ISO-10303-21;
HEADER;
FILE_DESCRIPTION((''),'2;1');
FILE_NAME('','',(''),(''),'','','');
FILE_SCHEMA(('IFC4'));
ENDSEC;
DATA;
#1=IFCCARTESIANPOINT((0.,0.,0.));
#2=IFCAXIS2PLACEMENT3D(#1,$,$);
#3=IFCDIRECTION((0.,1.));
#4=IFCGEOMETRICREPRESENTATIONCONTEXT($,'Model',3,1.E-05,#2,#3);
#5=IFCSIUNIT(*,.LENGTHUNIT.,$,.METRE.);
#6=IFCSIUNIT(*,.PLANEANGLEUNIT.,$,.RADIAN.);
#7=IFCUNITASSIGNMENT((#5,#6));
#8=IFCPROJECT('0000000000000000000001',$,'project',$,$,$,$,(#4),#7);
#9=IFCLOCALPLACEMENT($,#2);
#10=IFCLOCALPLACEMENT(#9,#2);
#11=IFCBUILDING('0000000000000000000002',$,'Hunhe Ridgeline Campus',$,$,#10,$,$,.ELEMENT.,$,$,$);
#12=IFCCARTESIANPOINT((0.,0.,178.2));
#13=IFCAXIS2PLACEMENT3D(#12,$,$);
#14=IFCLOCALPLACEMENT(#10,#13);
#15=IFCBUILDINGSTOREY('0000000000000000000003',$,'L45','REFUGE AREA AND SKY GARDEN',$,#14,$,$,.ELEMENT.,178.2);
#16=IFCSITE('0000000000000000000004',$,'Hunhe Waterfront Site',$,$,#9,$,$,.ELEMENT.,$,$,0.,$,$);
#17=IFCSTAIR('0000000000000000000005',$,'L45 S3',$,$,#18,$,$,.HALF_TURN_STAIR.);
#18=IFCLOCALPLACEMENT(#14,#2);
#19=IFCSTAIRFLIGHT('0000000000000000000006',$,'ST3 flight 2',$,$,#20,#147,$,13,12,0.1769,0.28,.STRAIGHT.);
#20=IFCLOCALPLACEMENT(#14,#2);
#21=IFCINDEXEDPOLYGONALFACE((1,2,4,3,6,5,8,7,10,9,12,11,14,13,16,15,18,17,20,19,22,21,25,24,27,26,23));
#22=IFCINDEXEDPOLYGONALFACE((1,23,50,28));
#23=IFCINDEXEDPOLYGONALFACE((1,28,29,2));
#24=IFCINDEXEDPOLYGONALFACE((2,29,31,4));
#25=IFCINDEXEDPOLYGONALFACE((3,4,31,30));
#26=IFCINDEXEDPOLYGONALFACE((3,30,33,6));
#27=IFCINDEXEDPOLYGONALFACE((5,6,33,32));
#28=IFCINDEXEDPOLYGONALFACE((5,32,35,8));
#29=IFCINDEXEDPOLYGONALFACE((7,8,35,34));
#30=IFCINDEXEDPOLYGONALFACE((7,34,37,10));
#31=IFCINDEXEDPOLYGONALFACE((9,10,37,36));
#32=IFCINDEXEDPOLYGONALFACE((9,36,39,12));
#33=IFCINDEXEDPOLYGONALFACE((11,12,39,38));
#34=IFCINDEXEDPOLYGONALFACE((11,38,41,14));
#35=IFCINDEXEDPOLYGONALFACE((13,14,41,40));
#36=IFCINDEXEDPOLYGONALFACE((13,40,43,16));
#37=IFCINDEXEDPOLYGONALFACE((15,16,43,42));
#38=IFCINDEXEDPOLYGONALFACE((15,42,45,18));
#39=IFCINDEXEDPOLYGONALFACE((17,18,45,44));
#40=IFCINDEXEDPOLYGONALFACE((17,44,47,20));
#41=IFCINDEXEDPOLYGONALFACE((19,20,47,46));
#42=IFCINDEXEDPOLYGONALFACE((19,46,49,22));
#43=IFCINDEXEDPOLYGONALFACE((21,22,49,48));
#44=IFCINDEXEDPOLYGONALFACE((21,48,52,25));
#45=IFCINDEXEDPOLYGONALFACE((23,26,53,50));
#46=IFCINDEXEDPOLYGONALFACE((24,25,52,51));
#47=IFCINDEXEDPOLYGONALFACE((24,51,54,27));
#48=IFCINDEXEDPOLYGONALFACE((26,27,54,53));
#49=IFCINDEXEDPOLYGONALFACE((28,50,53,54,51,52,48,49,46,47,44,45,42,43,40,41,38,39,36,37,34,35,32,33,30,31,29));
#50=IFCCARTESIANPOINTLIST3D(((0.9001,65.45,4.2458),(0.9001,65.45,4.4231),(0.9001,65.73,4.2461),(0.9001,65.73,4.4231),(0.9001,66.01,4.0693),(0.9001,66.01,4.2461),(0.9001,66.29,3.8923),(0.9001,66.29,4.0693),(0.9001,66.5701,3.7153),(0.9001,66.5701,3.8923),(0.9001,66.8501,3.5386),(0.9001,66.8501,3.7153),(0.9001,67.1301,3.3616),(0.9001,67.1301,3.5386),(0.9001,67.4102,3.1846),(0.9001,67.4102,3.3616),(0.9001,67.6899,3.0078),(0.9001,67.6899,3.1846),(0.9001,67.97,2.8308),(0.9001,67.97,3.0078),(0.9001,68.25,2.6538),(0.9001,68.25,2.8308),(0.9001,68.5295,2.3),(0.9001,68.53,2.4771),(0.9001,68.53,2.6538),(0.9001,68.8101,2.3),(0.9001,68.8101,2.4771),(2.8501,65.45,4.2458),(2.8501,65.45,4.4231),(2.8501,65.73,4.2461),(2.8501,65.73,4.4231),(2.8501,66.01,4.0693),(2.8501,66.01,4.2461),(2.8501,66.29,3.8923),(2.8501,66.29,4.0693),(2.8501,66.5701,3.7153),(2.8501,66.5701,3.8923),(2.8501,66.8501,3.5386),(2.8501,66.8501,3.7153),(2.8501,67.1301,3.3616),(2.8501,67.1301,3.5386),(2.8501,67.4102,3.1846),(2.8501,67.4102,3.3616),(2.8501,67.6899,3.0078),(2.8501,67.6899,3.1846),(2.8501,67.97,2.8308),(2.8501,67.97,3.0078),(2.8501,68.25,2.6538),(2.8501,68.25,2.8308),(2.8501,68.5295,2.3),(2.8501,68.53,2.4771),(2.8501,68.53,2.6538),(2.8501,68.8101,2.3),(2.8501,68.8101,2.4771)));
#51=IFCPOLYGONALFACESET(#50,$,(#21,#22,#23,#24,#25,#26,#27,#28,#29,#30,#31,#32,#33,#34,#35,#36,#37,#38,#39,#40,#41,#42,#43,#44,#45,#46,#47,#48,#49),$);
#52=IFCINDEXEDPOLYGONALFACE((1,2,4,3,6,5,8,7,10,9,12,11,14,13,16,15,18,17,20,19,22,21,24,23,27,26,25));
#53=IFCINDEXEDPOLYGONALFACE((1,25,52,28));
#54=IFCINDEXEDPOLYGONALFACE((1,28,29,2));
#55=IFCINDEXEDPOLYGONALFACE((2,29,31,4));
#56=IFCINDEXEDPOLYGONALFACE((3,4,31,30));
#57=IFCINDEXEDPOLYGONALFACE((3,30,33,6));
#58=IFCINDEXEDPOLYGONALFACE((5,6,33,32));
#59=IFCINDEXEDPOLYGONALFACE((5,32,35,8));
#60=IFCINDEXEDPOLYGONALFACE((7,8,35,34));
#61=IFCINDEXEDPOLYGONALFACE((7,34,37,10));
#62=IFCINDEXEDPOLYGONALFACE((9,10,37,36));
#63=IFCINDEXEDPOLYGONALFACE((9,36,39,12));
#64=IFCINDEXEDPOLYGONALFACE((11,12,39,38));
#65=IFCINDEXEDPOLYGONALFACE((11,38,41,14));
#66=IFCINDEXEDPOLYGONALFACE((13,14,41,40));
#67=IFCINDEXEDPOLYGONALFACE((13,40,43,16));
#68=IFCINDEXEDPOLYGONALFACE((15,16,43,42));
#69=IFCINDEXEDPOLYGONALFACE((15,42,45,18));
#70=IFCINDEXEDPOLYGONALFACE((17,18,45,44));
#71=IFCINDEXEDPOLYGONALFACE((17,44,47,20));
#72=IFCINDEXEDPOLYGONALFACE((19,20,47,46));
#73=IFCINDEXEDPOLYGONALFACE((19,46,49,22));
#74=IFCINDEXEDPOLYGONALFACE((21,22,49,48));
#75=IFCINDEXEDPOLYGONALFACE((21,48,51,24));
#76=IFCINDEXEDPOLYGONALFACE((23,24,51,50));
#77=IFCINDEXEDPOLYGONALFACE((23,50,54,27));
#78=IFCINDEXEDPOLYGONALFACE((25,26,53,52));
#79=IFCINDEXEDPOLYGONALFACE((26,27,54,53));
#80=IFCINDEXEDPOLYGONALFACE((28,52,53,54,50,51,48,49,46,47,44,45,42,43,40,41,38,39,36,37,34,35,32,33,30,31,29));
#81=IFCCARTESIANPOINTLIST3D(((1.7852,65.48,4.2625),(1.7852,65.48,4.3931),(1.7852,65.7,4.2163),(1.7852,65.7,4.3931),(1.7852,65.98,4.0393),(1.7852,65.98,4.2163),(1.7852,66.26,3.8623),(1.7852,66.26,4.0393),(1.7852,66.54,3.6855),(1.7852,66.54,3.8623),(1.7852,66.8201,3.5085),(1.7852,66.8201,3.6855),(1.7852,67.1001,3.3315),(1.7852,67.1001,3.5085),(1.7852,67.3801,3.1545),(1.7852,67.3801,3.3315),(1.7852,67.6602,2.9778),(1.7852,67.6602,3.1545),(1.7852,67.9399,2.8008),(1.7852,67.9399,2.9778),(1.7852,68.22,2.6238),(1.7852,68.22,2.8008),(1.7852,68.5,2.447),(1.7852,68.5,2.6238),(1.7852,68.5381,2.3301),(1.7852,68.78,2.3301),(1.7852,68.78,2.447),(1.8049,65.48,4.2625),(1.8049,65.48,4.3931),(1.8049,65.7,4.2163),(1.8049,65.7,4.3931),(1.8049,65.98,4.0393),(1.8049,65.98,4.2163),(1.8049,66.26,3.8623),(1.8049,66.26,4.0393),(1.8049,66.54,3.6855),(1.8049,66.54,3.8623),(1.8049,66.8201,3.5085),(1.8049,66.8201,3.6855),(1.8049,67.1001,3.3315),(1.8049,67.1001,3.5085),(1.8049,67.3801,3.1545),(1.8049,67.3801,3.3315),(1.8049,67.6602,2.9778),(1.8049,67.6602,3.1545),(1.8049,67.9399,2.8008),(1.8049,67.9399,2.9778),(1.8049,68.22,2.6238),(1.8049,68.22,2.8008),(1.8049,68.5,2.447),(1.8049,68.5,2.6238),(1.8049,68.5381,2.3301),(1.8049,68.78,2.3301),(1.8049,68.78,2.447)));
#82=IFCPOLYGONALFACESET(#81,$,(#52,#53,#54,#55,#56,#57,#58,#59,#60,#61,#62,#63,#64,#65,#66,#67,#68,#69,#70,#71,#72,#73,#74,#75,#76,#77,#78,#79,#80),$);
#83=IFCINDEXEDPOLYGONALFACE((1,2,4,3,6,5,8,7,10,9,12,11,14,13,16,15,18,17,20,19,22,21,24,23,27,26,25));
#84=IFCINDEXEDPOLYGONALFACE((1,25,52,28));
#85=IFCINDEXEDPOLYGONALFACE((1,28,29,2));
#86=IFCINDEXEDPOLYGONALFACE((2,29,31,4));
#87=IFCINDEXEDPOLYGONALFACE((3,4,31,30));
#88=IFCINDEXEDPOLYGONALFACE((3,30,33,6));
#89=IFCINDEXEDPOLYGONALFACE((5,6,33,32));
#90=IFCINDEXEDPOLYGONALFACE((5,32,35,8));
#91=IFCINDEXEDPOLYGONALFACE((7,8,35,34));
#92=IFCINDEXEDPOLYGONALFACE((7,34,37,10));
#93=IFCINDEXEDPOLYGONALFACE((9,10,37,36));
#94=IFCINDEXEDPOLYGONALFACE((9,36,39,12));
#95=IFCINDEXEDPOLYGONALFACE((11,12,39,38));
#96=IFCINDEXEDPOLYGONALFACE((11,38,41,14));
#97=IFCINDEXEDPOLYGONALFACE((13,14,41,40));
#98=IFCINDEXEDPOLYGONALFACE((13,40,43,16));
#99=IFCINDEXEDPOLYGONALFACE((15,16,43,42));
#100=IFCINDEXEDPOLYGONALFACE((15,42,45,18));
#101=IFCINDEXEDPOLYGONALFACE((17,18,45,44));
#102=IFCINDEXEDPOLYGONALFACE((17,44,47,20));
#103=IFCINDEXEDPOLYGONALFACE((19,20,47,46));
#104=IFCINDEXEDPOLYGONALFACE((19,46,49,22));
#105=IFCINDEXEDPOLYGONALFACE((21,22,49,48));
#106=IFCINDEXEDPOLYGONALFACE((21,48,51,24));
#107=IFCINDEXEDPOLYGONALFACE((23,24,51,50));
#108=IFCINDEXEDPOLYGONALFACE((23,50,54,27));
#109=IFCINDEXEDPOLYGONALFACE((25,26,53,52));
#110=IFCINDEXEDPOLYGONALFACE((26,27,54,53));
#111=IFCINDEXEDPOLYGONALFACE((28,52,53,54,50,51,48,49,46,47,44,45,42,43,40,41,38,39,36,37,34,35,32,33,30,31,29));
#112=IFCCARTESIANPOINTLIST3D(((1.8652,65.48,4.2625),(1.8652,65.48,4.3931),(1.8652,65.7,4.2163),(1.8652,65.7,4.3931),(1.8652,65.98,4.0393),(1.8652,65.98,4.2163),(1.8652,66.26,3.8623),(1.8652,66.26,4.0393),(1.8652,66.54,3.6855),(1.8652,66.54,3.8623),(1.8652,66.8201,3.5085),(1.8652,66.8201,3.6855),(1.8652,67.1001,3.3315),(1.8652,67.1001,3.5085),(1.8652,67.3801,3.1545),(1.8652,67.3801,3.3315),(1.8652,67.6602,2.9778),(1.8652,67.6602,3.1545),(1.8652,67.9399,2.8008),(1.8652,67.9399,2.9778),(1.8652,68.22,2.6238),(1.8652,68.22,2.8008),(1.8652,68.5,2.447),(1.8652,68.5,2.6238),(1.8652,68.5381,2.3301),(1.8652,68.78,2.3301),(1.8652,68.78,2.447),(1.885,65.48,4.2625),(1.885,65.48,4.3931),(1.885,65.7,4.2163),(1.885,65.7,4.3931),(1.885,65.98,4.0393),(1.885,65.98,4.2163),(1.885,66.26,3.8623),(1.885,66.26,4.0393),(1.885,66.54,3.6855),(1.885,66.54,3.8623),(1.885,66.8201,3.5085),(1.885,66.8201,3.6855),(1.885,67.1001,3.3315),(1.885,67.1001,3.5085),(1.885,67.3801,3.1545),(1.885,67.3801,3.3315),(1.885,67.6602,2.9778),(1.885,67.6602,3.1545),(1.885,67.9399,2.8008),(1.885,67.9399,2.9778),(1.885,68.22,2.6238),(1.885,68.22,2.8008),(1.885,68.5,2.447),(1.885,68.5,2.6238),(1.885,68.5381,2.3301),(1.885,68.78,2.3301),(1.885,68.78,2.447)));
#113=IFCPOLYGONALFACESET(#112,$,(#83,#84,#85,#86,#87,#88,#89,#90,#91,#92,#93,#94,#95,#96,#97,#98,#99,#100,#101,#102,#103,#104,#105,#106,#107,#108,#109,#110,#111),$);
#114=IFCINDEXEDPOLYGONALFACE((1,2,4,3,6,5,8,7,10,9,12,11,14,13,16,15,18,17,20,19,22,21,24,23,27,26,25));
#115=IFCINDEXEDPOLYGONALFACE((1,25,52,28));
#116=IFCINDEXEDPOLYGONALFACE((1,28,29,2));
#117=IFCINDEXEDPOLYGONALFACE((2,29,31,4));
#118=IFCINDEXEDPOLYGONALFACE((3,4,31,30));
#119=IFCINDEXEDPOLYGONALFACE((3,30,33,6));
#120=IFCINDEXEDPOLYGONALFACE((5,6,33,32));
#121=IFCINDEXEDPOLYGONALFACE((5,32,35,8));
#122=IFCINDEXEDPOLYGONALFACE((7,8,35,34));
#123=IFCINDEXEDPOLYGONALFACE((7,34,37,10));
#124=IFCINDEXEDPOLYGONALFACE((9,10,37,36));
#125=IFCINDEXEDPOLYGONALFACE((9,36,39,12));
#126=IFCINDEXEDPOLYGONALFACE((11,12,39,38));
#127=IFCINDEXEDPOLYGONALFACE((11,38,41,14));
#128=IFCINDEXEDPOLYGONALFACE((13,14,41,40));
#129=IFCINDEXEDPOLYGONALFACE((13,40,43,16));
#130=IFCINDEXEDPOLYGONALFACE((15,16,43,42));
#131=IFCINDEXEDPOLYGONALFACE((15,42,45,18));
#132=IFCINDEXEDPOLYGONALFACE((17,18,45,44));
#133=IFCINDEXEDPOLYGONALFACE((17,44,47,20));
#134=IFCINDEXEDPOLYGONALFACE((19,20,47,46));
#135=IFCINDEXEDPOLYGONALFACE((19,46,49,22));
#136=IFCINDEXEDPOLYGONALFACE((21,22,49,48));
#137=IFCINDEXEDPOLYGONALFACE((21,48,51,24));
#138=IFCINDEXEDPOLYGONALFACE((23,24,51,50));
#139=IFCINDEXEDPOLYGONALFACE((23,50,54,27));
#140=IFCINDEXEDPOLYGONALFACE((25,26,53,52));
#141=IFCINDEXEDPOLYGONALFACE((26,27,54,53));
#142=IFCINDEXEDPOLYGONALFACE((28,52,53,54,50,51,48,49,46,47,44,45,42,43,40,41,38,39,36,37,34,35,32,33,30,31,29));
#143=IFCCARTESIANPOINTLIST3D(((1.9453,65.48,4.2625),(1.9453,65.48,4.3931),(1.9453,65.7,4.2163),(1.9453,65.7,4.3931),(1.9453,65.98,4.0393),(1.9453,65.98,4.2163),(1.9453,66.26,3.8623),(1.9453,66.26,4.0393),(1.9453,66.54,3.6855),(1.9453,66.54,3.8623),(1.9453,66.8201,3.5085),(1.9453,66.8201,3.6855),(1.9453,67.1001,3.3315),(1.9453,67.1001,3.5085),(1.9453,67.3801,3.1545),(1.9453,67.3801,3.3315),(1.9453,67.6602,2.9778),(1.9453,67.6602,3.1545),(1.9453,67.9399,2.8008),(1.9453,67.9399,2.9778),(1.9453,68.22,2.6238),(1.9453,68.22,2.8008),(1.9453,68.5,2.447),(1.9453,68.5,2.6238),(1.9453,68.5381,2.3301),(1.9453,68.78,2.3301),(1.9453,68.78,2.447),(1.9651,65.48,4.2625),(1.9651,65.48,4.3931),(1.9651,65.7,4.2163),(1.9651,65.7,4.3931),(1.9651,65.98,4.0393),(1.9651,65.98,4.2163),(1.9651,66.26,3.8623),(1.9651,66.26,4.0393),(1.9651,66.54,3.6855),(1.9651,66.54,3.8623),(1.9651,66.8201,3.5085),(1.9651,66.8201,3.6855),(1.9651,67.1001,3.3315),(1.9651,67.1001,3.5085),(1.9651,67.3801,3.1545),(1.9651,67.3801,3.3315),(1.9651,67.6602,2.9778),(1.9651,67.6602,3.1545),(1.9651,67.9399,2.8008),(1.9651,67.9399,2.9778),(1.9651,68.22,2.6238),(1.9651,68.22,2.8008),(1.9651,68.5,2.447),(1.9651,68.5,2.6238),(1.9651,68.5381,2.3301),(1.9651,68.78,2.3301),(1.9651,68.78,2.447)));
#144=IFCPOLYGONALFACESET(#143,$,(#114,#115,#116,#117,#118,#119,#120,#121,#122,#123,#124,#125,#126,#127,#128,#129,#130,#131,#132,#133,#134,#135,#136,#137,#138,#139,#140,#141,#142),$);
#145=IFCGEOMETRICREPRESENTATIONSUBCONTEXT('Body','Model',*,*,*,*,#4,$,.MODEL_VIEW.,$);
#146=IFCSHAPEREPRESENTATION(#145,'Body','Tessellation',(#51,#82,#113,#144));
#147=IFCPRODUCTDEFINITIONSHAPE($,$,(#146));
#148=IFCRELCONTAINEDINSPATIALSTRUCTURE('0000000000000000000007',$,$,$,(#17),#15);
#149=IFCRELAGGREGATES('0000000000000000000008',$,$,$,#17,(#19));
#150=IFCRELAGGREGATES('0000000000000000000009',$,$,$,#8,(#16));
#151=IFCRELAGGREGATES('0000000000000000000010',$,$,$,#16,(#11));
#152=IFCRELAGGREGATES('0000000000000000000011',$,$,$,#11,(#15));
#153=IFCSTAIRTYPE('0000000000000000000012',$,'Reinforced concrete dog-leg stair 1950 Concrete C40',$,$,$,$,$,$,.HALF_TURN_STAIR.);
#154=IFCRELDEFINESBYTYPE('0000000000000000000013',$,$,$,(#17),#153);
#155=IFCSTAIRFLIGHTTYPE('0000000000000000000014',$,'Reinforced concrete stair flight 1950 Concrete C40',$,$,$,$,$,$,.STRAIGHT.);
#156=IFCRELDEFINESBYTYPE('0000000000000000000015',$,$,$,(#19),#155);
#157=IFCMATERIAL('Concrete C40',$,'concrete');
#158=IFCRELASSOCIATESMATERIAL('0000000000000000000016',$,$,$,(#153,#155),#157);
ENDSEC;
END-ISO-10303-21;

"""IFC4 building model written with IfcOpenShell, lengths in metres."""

from ifc_helpers import new_model, si_unit, direction, frame, origin, place, context, subcontext, project, spatial, polyline, outline, extrude, material, type_object, element, aggregate, save


model = new_model("IFC4")

# Units and contexts
model_context = context("Model", 3, precision=1e-05, world=origin(), true_north=direction((0.0, 1.0)))
body_context = subcontext(model_context, "Body", "Model", "MODEL_VIEW")
ifc_project = project(units=[si_unit("LENGTHUNIT", "METRE"), si_unit("PLANEANGLEUNIT", "RADIAN")], contexts=[model_context])

# Site, building, storey
site_placement = place(None, origin())
site = spatial("IfcSite", under=ifc_project, at=site_placement, Name="Hunhe Waterfront Site", CompositionType="ELEMENT", RefElevation=0.0)
building_placement = place(site_placement, origin())
building = spatial("IfcBuilding", under=site, at=building_placement, Name="Hunhe Ridgeline Campus", CompositionType="ELEMENT")
storey_placement = place(building_placement, frame((0.0, 0.0, 178.2)))
storey = spatial("IfcBuildingStorey", under=building, at=storey_placement, Name="L45", Description="REFUGE AREA AND SKY GARDEN", CompositionType="ELEMENT", Elevation=178.2)

# Stair, stair flight
ifc_material_1 = material(Name="Concrete C40", Category="concrete")
stair_type = type_object("IfcStairType", Name="Reinforced concrete dog-leg stair 1950 Concrete C40", PredefinedType="HALF_TURN_STAIR", material=ifc_material_1)
stair_1_placement = place(storey_placement, origin())
stair_1 = element("IfcStair", 1, at=stair_1_placement, inside=storey, type_object=stair_type, Name="L45 S3", PredefinedType="HALF_TURN_STAIR")
stair_flight_type = type_object("IfcStairFlightType", Name="Reinforced concrete stair flight 1950 Concrete C40", PredefinedType="STRAIGHT", material=ifc_material_1)
stair_flight_1_placement = place(storey_placement, frame((1.875, 68.8101, 2.3), z_axis=(0.0, 0.0, 1.0), x_axis=(0.0, -1.0, 0.0)))
stair_flight_1 = element("IfcStairFlight", 2, at=stair_flight_1_placement, type_object=stair_flight_type, Name="ST3 flight 2", NumberOfRisers=13, NumberOfTreads=12, PredefinedType="STRAIGHT", RiserHeight=0.1769, TreadLength=0.28, context=body_context, shape_type="SweptSolid", body=[
    extrude(outline(polyline([(0.0, 0.0), (0.0, 0.177), (0.28, 0.177), (0.28, 0.3538), (0.5601, 0.3538), (0.5601, 0.5308), (0.8401, 0.5308), (0.8401, 0.7078), (1.1201, 0.7078), (1.1201, 0.8845), (1.3999, 0.8845), (1.3999, 1.0615), (1.6799, 1.0615), (1.6799, 1.2385), (1.96, 1.2385), (1.96, 1.4153), (2.24, 1.4153), (2.24, 1.5923), (2.52, 1.5923), (2.52, 1.7693), (2.8, 1.7693), (2.8, 1.946), (3.0801, 1.946), (3.0801, 2.123), (3.3601, 2.123), (3.3601, 2.3), (3.3601, 1.9458), (0.2805, 0.0), (0.0, 0.0)])), frame((0.0, 0.9751, 0.0), z_axis=(0.0, -1.0, 0.0), x_axis=(1.0, 0.0, 0.0)), (0.0, 0.0, 1.0), 1.95),
    extrude(outline(polyline([(0.03, 0.03), (0.03, 0.147), (0.3101, 0.147), (0.3101, 0.3237), (0.5901, 0.3237), (0.5901, 0.5007), (0.8701, 0.5007), (0.8701, 0.6777), (1.1499, 0.6777), (1.1499, 0.8545), (1.4299, 0.8545), (1.4299, 1.0315), (1.71, 1.0315), (1.71, 1.2085), (1.99, 1.2085), (1.99, 1.3855), (2.27, 1.3855), (2.27, 1.5623), (2.55, 1.5623), (2.55, 1.7393), (2.8301, 1.7393), (2.8301, 1.9163), (3.1101, 1.9163), (3.1101, 2.093), (3.3301, 2.093), (3.3301, 1.9624), (0.272, 0.03), (0.03, 0.03)])), frame((0.0, -0.0701, 0.0), z_axis=(0.0, -1.0, 0.0), x_axis=(1.0, 0.0, 0.0)), (0.0, 0.0, 1.0), 0.0198),
    extrude(outline(polyline([(0.03, 0.03), (0.03, 0.147), (0.3101, 0.147), (0.3101, 0.3237), (0.5901, 0.3237), (0.5901, 0.5007), (0.8701, 0.5007), (0.8701, 0.6777), (1.1499, 0.6777), (1.1499, 0.8545), (1.4299, 0.8545), (1.4299, 1.0315), (1.71, 1.0315), (1.71, 1.2085), (1.99, 1.2085), (1.99, 1.3855), (2.27, 1.3855), (2.27, 1.5623), (2.55, 1.5623), (2.55, 1.7393), (2.8301, 1.7393), (2.8301, 1.9163), (3.1101, 1.9163), (3.1101, 2.093), (3.3301, 2.093), (3.3301, 1.9624), (0.272, 0.03), (0.03, 0.03)])), frame((0.0, 0.01, 0.0), z_axis=(0.0, -1.0, 0.0), x_axis=(1.0, 0.0, 0.0)), (0.0, 0.0, 1.0), 0.0198),
    extrude(outline(polyline([(0.03, 0.03), (0.03, 0.147), (0.3101, 0.147), (0.3101, 0.3237), (0.5901, 0.3237), (0.5901, 0.5007), (0.8701, 0.5007), (0.8701, 0.6777), (1.1499, 0.6777), (1.1499, 0.8545), (1.4299, 0.8545), (1.4299, 1.0315), (1.71, 1.0315), (1.71, 1.2085), (1.99, 1.2085), (1.99, 1.3855), (2.27, 1.3855), (2.27, 1.5623), (2.55, 1.5623), (2.55, 1.7393), (2.8301, 1.7393), (2.8301, 1.9163), (3.1101, 1.9163), (3.1101, 2.093), (3.3301, 2.093), (3.3301, 1.9624), (0.272, 0.03), (0.03, 0.03)])), frame((0.0, 0.0901, 0.0), z_axis=(0.0, -1.0, 0.0), x_axis=(1.0, 0.0, 0.0)), (0.0, 0.0, 1.0), 0.0198),
])
aggregate(stair_1, [stair_flight_1])

save(model, "model.ifc")
